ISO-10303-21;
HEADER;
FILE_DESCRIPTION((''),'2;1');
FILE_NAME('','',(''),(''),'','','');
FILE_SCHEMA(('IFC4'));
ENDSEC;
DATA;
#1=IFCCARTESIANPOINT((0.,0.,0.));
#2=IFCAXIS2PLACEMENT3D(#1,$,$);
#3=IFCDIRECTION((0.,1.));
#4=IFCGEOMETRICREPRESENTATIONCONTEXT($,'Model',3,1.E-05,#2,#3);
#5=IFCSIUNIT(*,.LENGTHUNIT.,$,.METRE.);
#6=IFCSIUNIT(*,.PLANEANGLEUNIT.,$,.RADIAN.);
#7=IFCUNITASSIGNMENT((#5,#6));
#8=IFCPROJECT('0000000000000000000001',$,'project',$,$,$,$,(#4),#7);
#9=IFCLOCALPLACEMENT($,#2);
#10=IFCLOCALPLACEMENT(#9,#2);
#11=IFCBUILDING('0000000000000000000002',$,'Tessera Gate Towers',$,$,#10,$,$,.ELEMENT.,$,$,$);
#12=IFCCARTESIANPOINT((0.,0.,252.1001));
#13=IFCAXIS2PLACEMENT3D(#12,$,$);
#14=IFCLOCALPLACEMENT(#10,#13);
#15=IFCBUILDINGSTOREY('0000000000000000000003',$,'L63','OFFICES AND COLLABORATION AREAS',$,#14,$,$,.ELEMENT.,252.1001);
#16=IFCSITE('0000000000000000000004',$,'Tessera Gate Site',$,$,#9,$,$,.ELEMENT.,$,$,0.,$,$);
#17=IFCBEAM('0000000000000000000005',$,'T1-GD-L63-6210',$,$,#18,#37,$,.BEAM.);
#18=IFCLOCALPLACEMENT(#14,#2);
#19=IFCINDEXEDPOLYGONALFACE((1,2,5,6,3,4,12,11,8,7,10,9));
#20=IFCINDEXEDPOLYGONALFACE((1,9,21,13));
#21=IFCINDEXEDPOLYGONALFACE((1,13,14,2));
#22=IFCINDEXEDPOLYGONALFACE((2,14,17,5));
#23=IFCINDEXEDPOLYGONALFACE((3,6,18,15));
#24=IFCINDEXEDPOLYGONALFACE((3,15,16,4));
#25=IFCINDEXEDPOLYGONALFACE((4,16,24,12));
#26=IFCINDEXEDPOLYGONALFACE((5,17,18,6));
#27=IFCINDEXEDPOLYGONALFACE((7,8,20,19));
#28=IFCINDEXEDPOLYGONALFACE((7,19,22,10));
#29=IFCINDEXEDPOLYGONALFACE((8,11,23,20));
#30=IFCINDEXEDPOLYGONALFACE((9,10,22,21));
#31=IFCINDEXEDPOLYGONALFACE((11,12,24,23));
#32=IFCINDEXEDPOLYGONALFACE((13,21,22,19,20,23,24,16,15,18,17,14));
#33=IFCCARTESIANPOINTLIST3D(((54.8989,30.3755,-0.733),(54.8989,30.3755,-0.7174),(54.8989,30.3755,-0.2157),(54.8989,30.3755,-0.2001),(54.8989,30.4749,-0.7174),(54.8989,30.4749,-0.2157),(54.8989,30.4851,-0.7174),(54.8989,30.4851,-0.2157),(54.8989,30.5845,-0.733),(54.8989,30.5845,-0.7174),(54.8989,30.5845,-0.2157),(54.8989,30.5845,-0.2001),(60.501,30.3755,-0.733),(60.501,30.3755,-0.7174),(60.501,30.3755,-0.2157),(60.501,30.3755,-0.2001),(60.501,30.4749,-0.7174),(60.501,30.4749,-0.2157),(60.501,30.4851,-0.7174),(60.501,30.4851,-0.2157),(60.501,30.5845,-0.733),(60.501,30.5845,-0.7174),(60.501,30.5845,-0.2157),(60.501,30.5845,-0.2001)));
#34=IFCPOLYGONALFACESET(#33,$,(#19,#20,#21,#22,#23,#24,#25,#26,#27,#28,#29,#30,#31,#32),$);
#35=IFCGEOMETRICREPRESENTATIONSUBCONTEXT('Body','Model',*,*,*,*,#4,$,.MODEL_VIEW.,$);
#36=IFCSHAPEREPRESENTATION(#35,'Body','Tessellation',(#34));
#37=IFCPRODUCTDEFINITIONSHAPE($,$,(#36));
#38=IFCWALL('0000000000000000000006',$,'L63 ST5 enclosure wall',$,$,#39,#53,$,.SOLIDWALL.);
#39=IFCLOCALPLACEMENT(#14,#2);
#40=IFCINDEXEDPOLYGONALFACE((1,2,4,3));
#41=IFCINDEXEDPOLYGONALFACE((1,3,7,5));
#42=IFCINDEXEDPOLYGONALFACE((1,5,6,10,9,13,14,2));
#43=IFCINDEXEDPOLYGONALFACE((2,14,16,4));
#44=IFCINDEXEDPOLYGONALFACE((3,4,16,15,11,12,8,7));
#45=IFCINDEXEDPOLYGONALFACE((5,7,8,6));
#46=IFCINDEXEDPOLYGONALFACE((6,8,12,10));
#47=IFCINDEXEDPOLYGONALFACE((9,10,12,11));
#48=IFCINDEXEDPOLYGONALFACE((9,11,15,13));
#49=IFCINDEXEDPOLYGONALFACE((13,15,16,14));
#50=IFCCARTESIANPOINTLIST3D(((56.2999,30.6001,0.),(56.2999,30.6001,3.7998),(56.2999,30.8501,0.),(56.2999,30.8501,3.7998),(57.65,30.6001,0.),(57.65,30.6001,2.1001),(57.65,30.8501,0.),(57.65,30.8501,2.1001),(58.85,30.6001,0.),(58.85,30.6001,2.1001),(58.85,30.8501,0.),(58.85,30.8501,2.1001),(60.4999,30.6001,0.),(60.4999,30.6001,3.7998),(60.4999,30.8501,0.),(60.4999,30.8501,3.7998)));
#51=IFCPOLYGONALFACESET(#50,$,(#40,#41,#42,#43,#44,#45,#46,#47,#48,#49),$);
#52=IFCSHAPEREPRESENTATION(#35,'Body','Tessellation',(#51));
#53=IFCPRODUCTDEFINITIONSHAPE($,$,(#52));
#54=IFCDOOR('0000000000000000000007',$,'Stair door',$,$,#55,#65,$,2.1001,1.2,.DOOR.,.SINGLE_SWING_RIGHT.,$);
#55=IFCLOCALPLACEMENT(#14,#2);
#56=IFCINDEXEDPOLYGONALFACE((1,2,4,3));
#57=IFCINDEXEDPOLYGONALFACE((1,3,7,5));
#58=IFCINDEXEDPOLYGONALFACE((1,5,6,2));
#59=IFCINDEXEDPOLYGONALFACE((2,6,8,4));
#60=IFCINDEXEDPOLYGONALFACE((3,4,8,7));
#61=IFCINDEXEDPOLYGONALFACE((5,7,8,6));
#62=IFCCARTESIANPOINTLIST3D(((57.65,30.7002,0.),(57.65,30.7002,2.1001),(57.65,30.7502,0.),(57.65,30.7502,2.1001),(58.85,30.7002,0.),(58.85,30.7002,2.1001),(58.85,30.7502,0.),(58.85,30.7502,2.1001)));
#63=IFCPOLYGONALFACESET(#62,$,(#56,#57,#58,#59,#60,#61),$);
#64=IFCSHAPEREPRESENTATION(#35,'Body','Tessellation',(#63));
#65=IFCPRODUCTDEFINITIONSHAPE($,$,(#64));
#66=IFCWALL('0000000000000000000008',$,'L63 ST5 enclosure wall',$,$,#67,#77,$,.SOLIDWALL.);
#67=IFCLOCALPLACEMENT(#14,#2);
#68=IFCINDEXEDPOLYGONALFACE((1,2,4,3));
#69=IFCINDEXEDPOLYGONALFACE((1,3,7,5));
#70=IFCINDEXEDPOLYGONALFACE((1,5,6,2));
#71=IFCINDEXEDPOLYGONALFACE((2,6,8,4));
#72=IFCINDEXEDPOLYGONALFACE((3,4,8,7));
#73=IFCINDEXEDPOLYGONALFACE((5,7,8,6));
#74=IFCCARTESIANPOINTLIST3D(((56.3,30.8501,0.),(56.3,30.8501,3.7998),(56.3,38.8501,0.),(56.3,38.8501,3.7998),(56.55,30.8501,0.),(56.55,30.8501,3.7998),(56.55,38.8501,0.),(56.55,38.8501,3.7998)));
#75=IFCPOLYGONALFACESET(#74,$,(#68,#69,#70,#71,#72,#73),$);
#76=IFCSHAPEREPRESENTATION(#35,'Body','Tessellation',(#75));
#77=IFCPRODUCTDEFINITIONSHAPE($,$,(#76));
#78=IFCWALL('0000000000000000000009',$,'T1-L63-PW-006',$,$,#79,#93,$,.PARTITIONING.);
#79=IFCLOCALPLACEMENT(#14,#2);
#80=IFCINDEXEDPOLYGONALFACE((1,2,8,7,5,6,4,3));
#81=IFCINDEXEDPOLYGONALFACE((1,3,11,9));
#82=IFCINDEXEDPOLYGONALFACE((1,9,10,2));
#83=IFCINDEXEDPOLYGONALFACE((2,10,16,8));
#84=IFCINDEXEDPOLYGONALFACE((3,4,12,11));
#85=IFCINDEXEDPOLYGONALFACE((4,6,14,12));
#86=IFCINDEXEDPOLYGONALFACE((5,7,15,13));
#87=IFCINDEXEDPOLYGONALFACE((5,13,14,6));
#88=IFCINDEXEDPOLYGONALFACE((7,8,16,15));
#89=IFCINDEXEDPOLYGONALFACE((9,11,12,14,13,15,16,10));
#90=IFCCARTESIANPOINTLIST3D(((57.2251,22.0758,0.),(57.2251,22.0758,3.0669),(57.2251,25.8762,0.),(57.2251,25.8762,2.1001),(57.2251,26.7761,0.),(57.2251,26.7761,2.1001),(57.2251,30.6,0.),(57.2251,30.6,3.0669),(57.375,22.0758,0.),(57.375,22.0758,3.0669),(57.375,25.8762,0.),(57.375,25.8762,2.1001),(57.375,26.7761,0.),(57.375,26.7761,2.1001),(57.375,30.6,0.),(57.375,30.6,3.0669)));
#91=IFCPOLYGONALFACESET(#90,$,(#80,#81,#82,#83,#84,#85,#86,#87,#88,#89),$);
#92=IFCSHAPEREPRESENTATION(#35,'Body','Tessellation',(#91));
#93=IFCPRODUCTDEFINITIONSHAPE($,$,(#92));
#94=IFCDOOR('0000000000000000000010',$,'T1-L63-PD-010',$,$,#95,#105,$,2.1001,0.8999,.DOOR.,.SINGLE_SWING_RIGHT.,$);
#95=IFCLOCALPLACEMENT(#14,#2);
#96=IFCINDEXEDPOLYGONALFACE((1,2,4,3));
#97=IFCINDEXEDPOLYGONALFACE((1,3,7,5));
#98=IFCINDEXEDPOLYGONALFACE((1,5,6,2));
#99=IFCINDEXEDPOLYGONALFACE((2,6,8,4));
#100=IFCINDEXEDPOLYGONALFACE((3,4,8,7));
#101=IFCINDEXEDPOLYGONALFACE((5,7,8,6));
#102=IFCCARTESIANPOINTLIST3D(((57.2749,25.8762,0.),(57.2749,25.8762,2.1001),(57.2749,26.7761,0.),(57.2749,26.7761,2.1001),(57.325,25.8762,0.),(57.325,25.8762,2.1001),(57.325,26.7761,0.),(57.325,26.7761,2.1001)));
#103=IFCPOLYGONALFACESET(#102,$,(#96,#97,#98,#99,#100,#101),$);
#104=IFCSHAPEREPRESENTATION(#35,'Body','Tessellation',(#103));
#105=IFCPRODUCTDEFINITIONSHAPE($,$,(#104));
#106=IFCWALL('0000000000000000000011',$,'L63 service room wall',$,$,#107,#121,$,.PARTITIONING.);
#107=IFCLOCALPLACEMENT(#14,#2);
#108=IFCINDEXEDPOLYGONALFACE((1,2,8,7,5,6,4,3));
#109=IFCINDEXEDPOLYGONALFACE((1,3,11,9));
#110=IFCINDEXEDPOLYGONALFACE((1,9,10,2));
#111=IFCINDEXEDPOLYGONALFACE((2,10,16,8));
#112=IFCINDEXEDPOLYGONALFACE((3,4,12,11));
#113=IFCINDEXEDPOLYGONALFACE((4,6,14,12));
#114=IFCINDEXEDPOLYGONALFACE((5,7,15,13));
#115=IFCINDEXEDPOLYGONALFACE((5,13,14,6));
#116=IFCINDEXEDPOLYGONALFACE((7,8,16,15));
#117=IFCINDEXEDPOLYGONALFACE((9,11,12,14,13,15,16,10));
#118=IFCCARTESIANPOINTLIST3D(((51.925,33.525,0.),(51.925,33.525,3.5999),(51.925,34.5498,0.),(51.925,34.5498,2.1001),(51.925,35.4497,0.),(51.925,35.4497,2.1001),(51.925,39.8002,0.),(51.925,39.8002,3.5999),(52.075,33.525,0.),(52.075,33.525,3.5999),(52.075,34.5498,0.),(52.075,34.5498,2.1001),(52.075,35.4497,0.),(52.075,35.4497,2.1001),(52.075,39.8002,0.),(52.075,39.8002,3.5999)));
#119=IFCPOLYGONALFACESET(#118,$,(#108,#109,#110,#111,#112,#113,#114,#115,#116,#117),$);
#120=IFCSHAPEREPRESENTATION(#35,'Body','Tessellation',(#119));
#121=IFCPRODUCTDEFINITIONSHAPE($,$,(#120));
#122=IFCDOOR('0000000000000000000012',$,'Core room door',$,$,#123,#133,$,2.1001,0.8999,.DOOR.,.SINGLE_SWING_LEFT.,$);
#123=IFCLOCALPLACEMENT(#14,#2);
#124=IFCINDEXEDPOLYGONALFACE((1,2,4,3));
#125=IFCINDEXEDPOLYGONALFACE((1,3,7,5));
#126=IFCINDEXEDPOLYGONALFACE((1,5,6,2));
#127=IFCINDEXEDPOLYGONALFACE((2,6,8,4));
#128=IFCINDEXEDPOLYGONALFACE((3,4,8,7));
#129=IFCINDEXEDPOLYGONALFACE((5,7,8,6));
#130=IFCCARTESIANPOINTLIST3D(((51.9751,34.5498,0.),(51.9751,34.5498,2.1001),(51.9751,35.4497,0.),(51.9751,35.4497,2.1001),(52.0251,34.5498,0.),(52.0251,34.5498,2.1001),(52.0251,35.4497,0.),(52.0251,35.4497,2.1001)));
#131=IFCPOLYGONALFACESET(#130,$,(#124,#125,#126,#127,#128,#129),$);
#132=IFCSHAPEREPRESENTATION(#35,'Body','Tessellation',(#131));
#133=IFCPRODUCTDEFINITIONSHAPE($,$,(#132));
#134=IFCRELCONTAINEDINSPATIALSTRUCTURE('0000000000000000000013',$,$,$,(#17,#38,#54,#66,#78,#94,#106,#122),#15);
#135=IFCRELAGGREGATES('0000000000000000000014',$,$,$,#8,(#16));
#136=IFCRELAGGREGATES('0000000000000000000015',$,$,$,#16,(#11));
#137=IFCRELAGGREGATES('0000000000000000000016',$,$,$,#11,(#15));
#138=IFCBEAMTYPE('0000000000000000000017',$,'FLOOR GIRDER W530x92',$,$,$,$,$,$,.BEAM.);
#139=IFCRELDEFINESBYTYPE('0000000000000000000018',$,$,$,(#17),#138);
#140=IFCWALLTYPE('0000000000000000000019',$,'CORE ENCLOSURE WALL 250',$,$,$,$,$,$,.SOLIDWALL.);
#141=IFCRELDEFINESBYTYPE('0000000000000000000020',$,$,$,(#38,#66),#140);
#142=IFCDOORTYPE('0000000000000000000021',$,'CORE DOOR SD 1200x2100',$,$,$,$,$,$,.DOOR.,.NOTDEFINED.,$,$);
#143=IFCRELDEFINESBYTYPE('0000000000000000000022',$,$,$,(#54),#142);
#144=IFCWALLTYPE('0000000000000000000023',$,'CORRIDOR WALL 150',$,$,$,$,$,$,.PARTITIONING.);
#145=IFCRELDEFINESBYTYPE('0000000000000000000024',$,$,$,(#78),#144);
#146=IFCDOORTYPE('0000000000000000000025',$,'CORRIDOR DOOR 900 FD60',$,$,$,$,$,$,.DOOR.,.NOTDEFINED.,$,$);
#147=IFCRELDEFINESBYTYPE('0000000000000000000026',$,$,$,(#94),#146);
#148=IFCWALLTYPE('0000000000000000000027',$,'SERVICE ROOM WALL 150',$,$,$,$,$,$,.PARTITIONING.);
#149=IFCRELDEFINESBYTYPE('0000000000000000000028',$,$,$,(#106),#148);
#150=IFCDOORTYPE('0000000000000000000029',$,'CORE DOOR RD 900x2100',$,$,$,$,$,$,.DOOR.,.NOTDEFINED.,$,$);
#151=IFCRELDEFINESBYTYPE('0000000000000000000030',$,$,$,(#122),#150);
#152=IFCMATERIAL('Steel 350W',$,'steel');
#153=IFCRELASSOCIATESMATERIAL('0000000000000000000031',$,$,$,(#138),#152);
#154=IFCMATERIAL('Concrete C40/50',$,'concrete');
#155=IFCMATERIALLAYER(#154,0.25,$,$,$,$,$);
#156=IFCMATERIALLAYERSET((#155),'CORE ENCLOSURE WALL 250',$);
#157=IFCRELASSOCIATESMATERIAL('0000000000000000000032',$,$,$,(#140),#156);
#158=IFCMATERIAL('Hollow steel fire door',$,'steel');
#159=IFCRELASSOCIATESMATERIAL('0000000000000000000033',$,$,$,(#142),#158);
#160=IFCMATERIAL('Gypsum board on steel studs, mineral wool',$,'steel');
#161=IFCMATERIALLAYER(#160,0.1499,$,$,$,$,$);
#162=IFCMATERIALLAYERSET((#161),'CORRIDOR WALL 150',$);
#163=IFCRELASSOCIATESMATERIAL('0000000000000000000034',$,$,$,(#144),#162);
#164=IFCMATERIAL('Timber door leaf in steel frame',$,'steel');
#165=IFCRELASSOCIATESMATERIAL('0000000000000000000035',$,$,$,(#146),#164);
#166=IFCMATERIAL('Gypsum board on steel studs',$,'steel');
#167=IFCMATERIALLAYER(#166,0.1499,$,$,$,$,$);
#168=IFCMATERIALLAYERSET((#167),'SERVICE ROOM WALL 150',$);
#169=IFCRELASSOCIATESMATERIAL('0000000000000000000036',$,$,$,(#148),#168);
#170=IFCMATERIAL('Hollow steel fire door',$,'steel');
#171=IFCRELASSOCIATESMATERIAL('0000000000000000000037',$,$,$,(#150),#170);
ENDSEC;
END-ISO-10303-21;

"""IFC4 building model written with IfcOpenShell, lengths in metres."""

from ifc_helpers import new_model, si_unit, direction, frame, frame_2d, origin, origin_2d, place, context, subcontext, project, spatial, rectangle, i_section, extrude, source, transform, mapped, material, layer, layer_set, material_profile, profile_set, type_object, element, fill, save


model = new_model("IFC4")

# Units and contexts
model_context = context("Model", 3, precision=1e-05, world=origin(), true_north=direction((0.0, 1.0)))
body_context = subcontext(model_context, "Body", "Model", "MODEL_VIEW")
ifc_project = project(units=[si_unit("LENGTHUNIT", "METRE"), si_unit("PLANEANGLEUNIT", "RADIAN")], contexts=[model_context])

# Site, building, storey
site_placement = place(None, origin())
site = spatial("IfcSite", under=ifc_project, at=site_placement, Name="Tessera Gate Site", CompositionType="ELEMENT", RefElevation=0.0)
building_placement = place(site_placement, origin())
building = spatial("IfcBuilding", under=site, at=building_placement, Name="Tessera Gate Towers", CompositionType="ELEMENT")
storey_placement = place(building_placement, frame((0.0, 0.0, 252.1001)))
storey = spatial("IfcBuildingStorey", under=building, at=storey_placement, Name="L63", Description="OFFICES AND COLLABORATION AREAS", CompositionType="ELEMENT", Elevation=252.1001)

# Beam
ifc_material_1 = material(Name="Steel 350W", Category="steel")
ifc_material_profile = material_profile(ifc_material_1, i_section(OverallWidth=0.209, OverallDepth=0.533, WebThickness=0.0103, FlangeThickness=0.0156, at=origin_2d()), Name="W530x92")
ifc_profile_set = profile_set([ifc_material_profile], Name="Steel 350W")
beam_type = type_object("IfcBeamType", Name="FLOOR GIRDER W530x92", PredefinedType="BEAM", material=ifc_profile_set)
beam_placement = place(storey_placement, frame((54.8989, 30.48, -0.4666), z_axis=(1.0, 0.0, 0.0), x_axis=(0.0, 1.0, 0.0)))
element("IfcBeam", 1, at=beam_placement, inside=storey, type_object=beam_type, Name="T1-GD-L63-6210", PredefinedType="BEAM", context=body_context, shape_type="SweptSolid", body=[
    extrude(i_section(OverallWidth=0.209, OverallDepth=0.533, WebThickness=0.0103, FlangeThickness=0.0156, at=origin_2d()), origin(), (0.0, 0.0, 1.0), 5.6021),
])

# Wall, opening, door
ifc_material_2 = material(Name="Concrete C40/50", Category="concrete")
ifc_layer_1 = layer(ifc_material_2, 0.25)
ifc_layer_set_1 = layer_set([ifc_layer_1], Name="CORE ENCLOSURE WALL 250")
wall_type_1 = type_object("IfcWallType", Name="CORE ENCLOSURE WALL 250", PredefinedType="SOLIDWALL", material=ifc_layer_set_1)
wall_1_placement = place(storey_placement, frame((60.5, 30.7251, 0.0), z_axis=(0.0, 0.0, 1.0), x_axis=(-1.0, 0.0, 0.0)))
wall_1 = element("IfcWall", 2, at=wall_1_placement, inside=storey, type_object=wall_type_1, Name="L63 ST5 enclosure wall", PredefinedType="SOLIDWALL", context=body_context, shape_type="SweptSolid", body=[
    extrude(rectangle(XDim=4.2, YDim=0.25, at=frame_2d((2.1001, 0.0))), origin(), (0.0, 0.0, 1.0), 3.7998),
])
shared_shape_1 = source(origin(), body_context, "Body", "SweptSolid", [
    extrude(rectangle(XDim=1.2, YDim=2.1001, at=frame_2d((0.6001, 1.05))), frame((0.0, 0.135, 0.0), z_axis=(0.0, -1.0, 0.0), x_axis=(1.0, 0.0, 0.0)), (0.0, 0.0, 1.0), 0.27),
])
opening_1_placement = place(wall_1_placement, frame((1.6499, 0.0, 0.0)))
opening_1 = element("IfcOpeningElement", 3, at=opening_1_placement, cuts=wall_1, PredefinedType="OPENING", context=body_context, shape_type="MappedRepresentation", body=[
    mapped(shared_shape_1, transform((0.0, 0.0, 0.0), scale=1.0)),
])
ifc_material_3 = material(Name="Hollow steel fire door", Category="steel")
door_type_1 = type_object("IfcDoorType", Name="CORE DOOR SD 1200x2100", OperationType="NOTDEFINED", PredefinedType="DOOR", material=ifc_material_3)
shared_shape_2 = source(origin(), body_context, "Body", "SweptSolid", [
    extrude(rectangle(XDim=1.2, YDim=2.1001, at=frame_2d((0.6001, 1.05))), frame((0.0, 0.0249, 0.0), z_axis=(0.0, -1.0, 0.0), x_axis=(1.0, 0.0, 0.0)), (0.0, 0.0, 1.0), 0.05),
])
door_1_placement = place(opening_1_placement, origin())
door_1 = element("IfcDoor", 4, at=door_1_placement, inside=storey, type_object=door_type_1, Name="Stair door", OperationType="SINGLE_SWING_RIGHT", OverallHeight=2.1001, OverallWidth=1.2, PredefinedType="DOOR", context=body_context, shape_type="MappedRepresentation", body=[
    mapped(shared_shape_2, transform((0.0, 0.0, 0.0), scale=1.0)),
])
fill(opening_1, door_1)

# Wall
wall_2_placement = place(storey_placement, frame((56.425, 30.8501, 0.0), z_axis=(0.0, 0.0, 1.0), x_axis=(0.0, 1.0, 0.0)))
element("IfcWall", 5, at=wall_2_placement, inside=storey, type_object=wall_type_1, Name="L63 ST5 enclosure wall", PredefinedType="SOLIDWALL", context=body_context, shape_type="SweptSolid", body=[
    extrude(rectangle(XDim=8.0, YDim=0.25, at=frame_2d((4.0, 0.0))), origin(), (0.0, 0.0, 1.0), 3.7998),
])

# Walls, openings, doors
ifc_material_4 = material(Name="Gypsum board on steel studs, mineral wool", Category="steel")
ifc_layer_2 = layer(ifc_material_4, 0.1499)
ifc_layer_set_2 = layer_set([ifc_layer_2], Name="CORRIDOR WALL 150")
wall_type_2 = type_object("IfcWallType", Name="CORRIDOR WALL 150", PredefinedType="PARTITIONING", material=ifc_layer_set_2)
wall_3_placement = place(storey_placement, frame((57.3, 30.6001, 0.0), z_axis=(0.0, 0.0, 1.0), x_axis=(0.0, -1.0, 0.0)))
wall_3 = element("IfcWall", 6, at=wall_3_placement, inside=storey, type_object=wall_type_2, Name="T1-L63-PW-006", PredefinedType="PARTITIONING", context=body_context, shape_type="SweptSolid", body=[
    extrude(rectangle(XDim=8.5242, YDim=0.1499, at=frame_2d((4.2622, 0.0))), origin(), (0.0, 0.0, 1.0), 3.0669),
])
shared_shape_3 = source(origin(), body_context, "Body", "SweptSolid", [
    extrude(rectangle(XDim=0.8999, YDim=2.1001, at=frame_2d((0.45, 1.05))), frame((0.0, 0.085, 0.0), z_axis=(0.0, -1.0, 0.0), x_axis=(1.0, 0.0, 0.0)), (0.0, 0.0, 1.0), 0.1699),
])
opening_2_placement = place(wall_3_placement, frame((3.824, 0.0, 0.0)))
opening_2 = element("IfcOpeningElement", 7, at=opening_2_placement, cuts=wall_3, PredefinedType="OPENING", context=body_context, shape_type="MappedRepresentation", body=[
    mapped(shared_shape_3, transform((0.0, 0.0, 0.0), scale=1.0)),
])
ifc_material_5 = material(Name="Timber door leaf in steel frame", Category="steel")
door_type_2 = type_object("IfcDoorType", Name="CORRIDOR DOOR 900 FD60", OperationType="NOTDEFINED", PredefinedType="DOOR", material=ifc_material_5)
shared_shape_4 = source(origin(), body_context, "Body", "SweptSolid", [
    extrude(rectangle(XDim=0.8999, YDim=2.1001, at=frame_2d((0.45, 1.05))), frame((0.0, 0.0249, 0.0), z_axis=(0.0, -1.0, 0.0), x_axis=(1.0, 0.0, 0.0)), (0.0, 0.0, 1.0), 0.05),
])
door_2_placement = place(opening_2_placement, origin())
door_2 = element("IfcDoor", 8, at=door_2_placement, inside=storey, type_object=door_type_2, Name="T1-L63-PD-010", OperationType="SINGLE_SWING_RIGHT", OverallHeight=2.1001, OverallWidth=0.8999, PredefinedType="DOOR", context=body_context, shape_type="MappedRepresentation", body=[
    mapped(shared_shape_4, transform((0.0, 0.0, 0.0), scale=1.0)),
])
fill(opening_2, door_2)
ifc_material_6 = material(Name="Gypsum board on steel studs", Category="steel")
ifc_layer_3 = layer(ifc_material_6, 0.1499)
ifc_layer_set_3 = layer_set([ifc_layer_3], Name="SERVICE ROOM WALL 150")
wall_type_3 = type_object("IfcWallType", Name="SERVICE ROOM WALL 150", PredefinedType="PARTITIONING", material=ifc_layer_set_3)
wall_4_placement = place(storey_placement, frame((52.0, 33.5249, 0.0), z_axis=(0.0, 0.0, 1.0), x_axis=(0.0, 1.0, 0.0)))
wall_4 = element("IfcWall", 9, at=wall_4_placement, inside=storey, type_object=wall_type_3, Name="L63 service room wall", PredefinedType="PARTITIONING", context=body_context, shape_type="SweptSolid", body=[
    extrude(rectangle(XDim=6.2751, YDim=0.1499, at=frame_2d((3.1377, 0.0))), origin(), (0.0, 0.0, 1.0), 3.5999),
])
opening_3_placement = place(wall_4_placement, frame((1.0249, 0.0, 0.0)))
opening_3 = element("IfcOpeningElement", 10, at=opening_3_placement, cuts=wall_4, PredefinedType="OPENING", context=body_context, shape_type="MappedRepresentation", body=[
    mapped(shared_shape_3, transform((0.0, 0.0, 0.0), scale=1.0)),
])
ifc_material_7 = material(Name="Hollow steel fire door", Category="steel")
door_type_3 = type_object("IfcDoorType", Name="CORE DOOR RD 900x2100", OperationType="NOTDEFINED", PredefinedType="DOOR", material=ifc_material_7)
door_3_placement = place(opening_3_placement, origin())
door_3 = element("IfcDoor", 11, at=door_3_placement, inside=storey, type_object=door_type_3, Name="Core room door", OperationType="SINGLE_SWING_LEFT", OverallHeight=2.1001, OverallWidth=0.8999, PredefinedType="DOOR", context=body_context, shape_type="MappedRepresentation", body=[
    mapped(shared_shape_4, transform((0.0, 0.0, 0.0), scale=1.0)),
])
fill(opening_3, door_3)

save(model, "model.ifc")
